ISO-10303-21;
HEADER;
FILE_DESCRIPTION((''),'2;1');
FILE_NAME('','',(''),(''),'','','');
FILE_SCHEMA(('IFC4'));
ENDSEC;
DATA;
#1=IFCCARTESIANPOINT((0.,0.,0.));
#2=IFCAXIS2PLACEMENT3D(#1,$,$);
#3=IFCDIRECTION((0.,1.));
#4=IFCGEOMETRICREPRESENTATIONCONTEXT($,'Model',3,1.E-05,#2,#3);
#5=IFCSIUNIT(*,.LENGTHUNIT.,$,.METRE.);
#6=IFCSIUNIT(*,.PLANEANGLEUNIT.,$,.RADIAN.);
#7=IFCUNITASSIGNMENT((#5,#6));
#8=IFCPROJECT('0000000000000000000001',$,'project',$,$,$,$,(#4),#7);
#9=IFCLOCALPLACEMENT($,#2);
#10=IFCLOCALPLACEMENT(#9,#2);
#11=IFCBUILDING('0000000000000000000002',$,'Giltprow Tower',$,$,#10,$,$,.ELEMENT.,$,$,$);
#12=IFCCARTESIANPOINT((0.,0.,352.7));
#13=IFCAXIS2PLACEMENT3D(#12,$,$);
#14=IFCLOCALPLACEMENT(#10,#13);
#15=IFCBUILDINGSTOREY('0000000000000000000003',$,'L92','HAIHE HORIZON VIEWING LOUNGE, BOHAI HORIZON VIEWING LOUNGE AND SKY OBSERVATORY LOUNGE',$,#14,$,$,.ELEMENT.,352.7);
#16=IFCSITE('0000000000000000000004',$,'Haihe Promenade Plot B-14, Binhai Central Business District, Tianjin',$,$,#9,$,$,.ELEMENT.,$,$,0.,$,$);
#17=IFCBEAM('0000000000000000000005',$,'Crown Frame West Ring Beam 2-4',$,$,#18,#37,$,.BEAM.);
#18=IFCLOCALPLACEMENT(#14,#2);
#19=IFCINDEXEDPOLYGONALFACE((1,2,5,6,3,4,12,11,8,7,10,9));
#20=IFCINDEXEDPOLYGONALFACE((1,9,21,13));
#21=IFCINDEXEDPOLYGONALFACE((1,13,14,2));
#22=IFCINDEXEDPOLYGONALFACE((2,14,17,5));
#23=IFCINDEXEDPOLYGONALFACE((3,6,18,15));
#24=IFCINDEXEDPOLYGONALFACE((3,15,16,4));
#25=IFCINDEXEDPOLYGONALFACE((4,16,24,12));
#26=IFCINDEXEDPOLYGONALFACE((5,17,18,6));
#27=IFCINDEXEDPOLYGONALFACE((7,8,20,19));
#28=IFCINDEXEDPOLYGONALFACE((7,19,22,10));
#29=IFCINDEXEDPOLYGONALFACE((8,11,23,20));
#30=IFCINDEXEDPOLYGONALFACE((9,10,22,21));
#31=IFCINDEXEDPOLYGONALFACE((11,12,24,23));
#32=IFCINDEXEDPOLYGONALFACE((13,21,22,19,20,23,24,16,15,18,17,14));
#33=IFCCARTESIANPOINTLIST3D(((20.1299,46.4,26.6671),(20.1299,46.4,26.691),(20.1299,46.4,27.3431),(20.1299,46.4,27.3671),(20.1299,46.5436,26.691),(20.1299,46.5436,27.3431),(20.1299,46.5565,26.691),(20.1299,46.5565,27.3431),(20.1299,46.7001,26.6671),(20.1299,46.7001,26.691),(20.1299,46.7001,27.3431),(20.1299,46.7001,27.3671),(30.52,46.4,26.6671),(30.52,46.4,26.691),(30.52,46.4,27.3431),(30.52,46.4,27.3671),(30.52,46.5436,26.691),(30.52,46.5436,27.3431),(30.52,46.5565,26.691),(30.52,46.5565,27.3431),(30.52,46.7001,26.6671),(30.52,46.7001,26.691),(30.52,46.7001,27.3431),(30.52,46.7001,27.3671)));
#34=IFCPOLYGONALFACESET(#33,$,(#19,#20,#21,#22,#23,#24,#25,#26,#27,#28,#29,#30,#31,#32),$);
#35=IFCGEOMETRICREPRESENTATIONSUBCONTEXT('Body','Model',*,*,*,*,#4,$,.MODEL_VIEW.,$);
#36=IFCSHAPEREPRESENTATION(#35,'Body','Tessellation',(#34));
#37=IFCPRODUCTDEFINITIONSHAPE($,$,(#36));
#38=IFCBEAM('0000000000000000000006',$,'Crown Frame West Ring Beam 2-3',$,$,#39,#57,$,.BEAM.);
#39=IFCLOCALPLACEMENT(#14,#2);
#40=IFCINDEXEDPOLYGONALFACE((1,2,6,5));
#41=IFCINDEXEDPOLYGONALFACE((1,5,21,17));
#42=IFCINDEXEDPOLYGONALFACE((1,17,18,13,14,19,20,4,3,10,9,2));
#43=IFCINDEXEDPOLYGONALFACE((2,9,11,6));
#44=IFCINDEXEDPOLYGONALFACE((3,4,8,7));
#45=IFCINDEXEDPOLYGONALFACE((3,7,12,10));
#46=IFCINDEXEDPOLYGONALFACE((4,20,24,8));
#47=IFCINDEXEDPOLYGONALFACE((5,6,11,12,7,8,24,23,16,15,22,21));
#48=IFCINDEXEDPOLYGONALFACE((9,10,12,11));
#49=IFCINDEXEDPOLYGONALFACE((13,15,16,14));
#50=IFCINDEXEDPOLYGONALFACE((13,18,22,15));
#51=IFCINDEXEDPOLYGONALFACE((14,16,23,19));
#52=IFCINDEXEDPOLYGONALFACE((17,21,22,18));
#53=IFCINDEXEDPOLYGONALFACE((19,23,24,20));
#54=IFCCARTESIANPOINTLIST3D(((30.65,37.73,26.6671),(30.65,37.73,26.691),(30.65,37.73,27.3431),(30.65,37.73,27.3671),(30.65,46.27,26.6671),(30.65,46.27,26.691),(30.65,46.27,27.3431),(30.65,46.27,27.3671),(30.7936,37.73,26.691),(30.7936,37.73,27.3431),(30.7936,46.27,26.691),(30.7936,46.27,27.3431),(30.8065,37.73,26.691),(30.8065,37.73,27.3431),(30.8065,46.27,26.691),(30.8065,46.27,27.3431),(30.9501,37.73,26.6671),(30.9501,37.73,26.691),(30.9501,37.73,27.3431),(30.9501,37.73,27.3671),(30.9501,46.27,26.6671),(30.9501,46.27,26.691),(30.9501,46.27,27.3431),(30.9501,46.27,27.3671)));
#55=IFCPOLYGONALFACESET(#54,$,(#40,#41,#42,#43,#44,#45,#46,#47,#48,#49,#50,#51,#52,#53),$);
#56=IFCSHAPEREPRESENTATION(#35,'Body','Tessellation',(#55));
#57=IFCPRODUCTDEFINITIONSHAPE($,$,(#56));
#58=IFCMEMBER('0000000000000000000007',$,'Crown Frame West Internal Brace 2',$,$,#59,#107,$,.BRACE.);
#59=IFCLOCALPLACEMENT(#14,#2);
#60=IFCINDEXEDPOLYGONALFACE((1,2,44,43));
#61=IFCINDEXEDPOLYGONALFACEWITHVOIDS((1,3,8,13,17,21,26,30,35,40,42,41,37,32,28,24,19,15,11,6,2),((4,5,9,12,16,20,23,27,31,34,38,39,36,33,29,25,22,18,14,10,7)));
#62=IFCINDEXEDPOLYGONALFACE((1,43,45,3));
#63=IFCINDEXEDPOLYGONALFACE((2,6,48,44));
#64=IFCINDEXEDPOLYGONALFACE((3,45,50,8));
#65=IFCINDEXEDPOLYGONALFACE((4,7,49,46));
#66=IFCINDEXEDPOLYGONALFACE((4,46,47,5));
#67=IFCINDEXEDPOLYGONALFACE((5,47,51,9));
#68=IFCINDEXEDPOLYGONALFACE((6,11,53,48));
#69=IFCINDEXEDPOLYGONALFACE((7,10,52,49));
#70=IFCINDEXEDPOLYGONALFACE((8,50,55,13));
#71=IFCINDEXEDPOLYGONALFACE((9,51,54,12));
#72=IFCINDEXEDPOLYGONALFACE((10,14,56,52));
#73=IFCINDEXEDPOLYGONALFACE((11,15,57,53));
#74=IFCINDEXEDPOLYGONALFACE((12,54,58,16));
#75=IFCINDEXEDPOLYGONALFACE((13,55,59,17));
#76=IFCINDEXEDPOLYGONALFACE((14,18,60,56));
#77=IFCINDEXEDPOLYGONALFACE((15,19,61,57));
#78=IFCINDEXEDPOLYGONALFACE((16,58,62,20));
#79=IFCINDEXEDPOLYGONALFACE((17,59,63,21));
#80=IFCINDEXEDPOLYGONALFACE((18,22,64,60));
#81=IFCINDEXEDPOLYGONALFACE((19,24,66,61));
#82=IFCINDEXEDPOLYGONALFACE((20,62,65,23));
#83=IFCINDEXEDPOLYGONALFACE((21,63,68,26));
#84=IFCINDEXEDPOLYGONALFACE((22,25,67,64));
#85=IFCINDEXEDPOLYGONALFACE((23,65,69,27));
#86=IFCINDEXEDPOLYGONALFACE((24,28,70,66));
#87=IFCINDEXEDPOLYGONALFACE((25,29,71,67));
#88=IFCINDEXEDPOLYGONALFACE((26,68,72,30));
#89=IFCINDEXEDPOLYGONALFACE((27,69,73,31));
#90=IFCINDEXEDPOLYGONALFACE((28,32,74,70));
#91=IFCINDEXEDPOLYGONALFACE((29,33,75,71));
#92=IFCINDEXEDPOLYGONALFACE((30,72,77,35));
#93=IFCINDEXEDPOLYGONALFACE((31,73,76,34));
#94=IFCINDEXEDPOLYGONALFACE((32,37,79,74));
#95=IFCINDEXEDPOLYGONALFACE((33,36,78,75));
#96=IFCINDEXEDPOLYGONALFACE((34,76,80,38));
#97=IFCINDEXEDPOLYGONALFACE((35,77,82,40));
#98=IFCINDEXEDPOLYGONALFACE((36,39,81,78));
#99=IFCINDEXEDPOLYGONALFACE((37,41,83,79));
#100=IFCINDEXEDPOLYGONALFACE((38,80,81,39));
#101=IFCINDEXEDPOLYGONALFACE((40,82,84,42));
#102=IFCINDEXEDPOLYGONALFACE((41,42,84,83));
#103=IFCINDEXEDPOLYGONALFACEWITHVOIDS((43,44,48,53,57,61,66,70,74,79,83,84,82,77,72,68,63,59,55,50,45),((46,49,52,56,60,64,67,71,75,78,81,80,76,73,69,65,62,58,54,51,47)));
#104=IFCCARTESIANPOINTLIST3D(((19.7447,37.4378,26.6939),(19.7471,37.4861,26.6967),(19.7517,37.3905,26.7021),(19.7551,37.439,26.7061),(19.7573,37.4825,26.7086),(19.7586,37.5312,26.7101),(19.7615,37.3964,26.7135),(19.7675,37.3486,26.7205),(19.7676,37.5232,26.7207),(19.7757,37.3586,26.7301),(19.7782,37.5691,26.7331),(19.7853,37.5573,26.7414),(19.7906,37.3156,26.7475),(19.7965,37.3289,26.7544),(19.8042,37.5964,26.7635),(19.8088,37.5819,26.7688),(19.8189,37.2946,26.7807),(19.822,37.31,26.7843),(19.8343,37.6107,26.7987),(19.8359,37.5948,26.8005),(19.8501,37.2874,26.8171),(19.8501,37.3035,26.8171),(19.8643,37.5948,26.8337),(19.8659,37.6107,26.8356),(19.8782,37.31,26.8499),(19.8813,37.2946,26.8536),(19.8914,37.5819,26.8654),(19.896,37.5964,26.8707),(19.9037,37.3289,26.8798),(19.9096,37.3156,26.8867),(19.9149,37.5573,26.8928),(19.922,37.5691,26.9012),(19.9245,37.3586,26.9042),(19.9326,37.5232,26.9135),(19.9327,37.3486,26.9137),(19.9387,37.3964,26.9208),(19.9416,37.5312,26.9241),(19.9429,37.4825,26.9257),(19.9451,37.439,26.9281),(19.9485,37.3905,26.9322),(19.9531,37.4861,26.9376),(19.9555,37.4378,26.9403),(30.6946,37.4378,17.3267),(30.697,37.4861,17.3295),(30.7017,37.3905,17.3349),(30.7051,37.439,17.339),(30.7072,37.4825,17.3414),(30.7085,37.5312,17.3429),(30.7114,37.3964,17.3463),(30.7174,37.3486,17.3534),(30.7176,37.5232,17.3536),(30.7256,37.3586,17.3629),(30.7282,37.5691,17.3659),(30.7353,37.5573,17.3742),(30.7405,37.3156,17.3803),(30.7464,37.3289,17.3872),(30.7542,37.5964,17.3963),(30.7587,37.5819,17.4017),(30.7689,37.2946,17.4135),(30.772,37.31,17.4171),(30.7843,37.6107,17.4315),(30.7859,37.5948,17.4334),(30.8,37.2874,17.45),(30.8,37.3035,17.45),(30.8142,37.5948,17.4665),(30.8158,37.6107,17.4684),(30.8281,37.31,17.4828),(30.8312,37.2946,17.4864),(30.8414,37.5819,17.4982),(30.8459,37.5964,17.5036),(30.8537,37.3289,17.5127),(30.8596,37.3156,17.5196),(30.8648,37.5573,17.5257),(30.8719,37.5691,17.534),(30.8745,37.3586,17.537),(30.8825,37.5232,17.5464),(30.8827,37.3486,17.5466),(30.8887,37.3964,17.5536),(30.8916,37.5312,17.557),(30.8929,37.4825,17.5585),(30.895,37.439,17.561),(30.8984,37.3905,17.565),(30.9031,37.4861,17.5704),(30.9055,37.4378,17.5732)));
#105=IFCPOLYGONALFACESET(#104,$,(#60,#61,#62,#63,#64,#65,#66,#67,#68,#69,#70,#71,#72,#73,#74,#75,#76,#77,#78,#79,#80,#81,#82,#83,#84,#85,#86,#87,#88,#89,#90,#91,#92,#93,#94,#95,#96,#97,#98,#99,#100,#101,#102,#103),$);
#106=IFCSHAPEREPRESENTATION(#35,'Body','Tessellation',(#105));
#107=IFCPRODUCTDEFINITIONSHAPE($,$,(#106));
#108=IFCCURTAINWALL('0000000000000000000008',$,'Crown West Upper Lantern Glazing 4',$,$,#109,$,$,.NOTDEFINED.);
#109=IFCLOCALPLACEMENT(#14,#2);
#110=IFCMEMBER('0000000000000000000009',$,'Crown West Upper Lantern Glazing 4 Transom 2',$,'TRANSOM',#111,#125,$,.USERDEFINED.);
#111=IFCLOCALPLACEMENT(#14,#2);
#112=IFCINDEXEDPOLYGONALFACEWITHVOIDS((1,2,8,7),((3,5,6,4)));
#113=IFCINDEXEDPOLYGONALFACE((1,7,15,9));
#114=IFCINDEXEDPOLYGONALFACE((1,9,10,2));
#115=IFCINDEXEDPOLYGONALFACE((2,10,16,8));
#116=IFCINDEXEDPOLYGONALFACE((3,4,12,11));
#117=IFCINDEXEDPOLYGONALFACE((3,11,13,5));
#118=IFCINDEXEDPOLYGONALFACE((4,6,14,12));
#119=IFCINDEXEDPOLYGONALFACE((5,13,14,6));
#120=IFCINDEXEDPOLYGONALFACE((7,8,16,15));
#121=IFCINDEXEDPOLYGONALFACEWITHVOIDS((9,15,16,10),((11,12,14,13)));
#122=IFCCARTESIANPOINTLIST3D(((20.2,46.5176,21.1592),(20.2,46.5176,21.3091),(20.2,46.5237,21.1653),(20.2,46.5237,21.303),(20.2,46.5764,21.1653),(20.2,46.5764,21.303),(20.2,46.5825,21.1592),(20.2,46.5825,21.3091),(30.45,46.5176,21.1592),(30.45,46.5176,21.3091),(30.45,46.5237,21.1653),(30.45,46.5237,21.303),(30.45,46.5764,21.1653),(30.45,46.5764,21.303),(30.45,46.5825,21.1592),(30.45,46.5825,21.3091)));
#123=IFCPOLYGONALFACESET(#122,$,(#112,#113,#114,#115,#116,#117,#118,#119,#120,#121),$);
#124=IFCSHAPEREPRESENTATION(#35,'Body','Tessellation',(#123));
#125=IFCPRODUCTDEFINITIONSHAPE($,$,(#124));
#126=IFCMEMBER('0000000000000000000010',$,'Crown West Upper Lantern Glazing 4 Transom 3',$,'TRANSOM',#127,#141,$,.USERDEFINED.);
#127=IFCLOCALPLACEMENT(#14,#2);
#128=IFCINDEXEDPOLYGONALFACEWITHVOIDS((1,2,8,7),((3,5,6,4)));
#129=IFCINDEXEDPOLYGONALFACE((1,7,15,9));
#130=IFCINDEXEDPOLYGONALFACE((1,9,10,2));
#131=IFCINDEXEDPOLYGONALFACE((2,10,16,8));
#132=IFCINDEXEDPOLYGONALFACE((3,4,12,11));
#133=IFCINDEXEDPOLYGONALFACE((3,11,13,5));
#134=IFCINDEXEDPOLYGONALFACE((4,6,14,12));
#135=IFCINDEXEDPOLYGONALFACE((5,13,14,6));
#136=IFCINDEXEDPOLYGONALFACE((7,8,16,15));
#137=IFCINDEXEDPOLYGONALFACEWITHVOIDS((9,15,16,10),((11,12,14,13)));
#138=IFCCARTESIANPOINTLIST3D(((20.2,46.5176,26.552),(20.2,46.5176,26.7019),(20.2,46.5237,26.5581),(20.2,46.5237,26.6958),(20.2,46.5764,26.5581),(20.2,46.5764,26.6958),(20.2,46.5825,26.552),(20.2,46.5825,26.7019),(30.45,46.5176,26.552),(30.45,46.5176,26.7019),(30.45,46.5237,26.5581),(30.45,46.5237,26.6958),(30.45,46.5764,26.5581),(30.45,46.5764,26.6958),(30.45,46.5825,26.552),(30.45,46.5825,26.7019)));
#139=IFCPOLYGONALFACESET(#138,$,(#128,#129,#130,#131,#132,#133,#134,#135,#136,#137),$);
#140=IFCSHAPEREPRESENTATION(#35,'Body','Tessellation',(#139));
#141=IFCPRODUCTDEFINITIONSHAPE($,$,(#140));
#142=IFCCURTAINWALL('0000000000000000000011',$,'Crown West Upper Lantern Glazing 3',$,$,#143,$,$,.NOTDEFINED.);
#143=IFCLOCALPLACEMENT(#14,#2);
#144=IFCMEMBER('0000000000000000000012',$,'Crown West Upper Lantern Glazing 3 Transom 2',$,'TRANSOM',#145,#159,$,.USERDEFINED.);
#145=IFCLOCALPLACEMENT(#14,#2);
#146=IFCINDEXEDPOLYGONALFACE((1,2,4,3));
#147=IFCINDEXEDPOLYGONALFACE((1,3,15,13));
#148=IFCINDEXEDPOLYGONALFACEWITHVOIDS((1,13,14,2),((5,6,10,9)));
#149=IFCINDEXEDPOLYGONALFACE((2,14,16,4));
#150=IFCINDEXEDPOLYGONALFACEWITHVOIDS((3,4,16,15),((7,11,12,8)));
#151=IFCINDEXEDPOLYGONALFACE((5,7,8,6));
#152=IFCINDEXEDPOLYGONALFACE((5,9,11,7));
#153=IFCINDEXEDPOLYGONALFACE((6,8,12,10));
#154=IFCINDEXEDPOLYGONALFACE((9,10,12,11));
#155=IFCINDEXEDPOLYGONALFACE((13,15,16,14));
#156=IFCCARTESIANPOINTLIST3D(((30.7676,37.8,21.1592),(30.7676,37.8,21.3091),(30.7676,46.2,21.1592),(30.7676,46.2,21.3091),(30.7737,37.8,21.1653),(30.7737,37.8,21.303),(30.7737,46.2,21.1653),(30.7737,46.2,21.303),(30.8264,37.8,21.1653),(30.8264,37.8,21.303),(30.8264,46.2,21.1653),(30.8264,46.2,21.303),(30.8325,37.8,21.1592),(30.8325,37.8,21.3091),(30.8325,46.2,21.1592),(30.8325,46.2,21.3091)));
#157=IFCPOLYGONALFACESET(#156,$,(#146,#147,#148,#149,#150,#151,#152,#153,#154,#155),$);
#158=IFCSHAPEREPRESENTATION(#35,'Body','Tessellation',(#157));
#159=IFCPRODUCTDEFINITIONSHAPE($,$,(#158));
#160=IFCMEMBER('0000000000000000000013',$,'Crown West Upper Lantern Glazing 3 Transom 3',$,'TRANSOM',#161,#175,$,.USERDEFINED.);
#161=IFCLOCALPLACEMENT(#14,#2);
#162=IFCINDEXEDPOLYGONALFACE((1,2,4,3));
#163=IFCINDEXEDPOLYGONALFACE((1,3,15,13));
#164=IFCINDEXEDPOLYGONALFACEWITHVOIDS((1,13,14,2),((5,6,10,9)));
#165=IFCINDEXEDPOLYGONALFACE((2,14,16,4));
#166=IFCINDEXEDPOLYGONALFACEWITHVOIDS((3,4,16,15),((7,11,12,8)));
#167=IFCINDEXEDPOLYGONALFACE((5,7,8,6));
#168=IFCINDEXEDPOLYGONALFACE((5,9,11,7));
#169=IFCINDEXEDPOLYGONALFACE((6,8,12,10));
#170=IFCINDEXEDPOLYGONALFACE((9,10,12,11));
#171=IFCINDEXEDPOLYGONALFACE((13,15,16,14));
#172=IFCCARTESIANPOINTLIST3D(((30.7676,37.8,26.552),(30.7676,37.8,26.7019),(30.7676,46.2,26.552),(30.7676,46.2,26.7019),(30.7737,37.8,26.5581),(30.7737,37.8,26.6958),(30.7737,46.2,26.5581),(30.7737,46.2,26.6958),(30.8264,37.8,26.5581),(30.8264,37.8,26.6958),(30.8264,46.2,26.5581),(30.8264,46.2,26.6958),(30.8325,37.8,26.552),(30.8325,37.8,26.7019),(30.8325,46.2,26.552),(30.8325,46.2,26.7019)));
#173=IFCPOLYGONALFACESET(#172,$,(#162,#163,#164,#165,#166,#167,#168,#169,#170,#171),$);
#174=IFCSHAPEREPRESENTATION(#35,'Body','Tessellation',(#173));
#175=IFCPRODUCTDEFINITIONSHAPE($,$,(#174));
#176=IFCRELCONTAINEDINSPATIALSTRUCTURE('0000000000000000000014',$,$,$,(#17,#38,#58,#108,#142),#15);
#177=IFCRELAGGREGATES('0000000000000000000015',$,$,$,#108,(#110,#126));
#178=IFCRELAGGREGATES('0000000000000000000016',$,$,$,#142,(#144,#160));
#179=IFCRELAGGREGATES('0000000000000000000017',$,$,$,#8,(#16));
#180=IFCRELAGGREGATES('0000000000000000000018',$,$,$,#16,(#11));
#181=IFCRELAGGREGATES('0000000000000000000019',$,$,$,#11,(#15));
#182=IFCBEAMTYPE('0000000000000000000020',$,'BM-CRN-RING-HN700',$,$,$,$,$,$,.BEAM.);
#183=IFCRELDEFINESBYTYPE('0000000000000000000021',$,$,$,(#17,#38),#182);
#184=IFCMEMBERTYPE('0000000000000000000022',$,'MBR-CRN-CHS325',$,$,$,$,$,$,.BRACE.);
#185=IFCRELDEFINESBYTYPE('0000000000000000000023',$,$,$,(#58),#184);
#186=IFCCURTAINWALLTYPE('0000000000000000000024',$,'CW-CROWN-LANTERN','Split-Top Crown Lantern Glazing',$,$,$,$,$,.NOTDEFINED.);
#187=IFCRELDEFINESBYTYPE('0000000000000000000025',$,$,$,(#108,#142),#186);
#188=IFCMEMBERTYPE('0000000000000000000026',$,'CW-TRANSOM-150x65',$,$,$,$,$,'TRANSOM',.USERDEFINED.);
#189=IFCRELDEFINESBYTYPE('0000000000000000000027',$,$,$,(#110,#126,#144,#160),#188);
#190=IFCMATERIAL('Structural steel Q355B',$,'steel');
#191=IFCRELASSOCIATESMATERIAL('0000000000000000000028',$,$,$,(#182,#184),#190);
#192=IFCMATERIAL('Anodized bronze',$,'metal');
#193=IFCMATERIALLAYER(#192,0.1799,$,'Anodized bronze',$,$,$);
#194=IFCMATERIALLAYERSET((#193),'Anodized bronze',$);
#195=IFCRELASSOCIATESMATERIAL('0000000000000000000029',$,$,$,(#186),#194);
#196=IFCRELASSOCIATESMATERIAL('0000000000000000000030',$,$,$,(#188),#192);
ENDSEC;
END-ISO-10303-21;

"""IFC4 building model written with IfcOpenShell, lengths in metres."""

from ifc_helpers import new_model, si_unit, direction, frame, origin, origin_2d, place, context, subcontext, project, spatial, hollow_rectangle, hollow_circle, i_section, extrude, source, transform, mapped, material, layer, layer_set, material_profile, profile_set, type_object, element, aggregate, save


model = new_model("IFC4")

# Units and contexts
model_context = context("Model", 3, precision=1e-05, world=origin(), true_north=direction((0.0, 1.0)))
body_context = subcontext(model_context, "Body", "Model", "MODEL_VIEW")
ifc_project = project(units=[si_unit("LENGTHUNIT", "METRE"), si_unit("PLANEANGLEUNIT", "RADIAN")], contexts=[model_context])

# Site, building, storey
site_placement = place(None, origin())
site = spatial("IfcSite", under=ifc_project, at=site_placement, Name="Haihe Promenade Plot B-14, Binhai Central Business District, Tianjin", CompositionType="ELEMENT", RefElevation=0.0)
building_placement = place(site_placement, origin())
building = spatial("IfcBuilding", under=site, at=building_placement, Name="Giltprow Tower", CompositionType="ELEMENT")
storey_placement = place(building_placement, frame((0.0, 0.0, 352.7)))
storey = spatial("IfcBuildingStorey", under=building, at=storey_placement, Name="L92", Description="HAIHE HORIZON VIEWING LOUNGE, BOHAI HORIZON VIEWING LOUNGE AND SKY OBSERVATORY LOUNGE", CompositionType="ELEMENT", Elevation=352.7)

# Beams
ifc_material_1 = material(Name="Structural steel Q355B", Category="steel")
ifc_material_profile_1 = material_profile(ifc_material_1, i_section(OverallWidth=0.3, OverallDepth=0.7, WebThickness=0.0129, FlangeThickness=0.0239, at=origin_2d()), Name="HN 700x300x13x24")
ifc_profile_set_1 = profile_set([ifc_material_profile_1], Name="Structural steel Q355B")
beam_type = type_object("IfcBeamType", Name="BM-CRN-RING-HN700", PredefinedType="BEAM", material=ifc_profile_set_1)
shared_shape_1 = source(origin(), body_context, "Body", "SweptSolid", [
    extrude(i_section(OverallWidth=0.3, OverallDepth=0.7, WebThickness=0.0129, FlangeThickness=0.0239, at=origin_2d()), origin(), (0.0, 0.0, 1.0), 10.3901),
])
beam_1_placement = place(storey_placement, frame((30.52, 46.55, 27.0171), z_axis=(-1.0, 0.0, 0.0), x_axis=(0.0, -1.0, 0.0)))
element("IfcBeam", 1, at=beam_1_placement, inside=storey, type_object=beam_type, Name="Crown Frame West Ring Beam 2-4", PredefinedType="BEAM", context=body_context, shape_type="MappedRepresentation", body=[
    mapped(shared_shape_1, transform((0.0, 0.0, 0.0), x_axis=(1.0, 0.0, 0.0), y_axis=(0.0, 1.0, 0.0), z_axis=(0.0, 0.0, 1.0), scale=1.0)),
])
shared_shape_2 = source(origin(), body_context, "Body", "SweptSolid", [
    extrude(i_section(OverallWidth=0.3, OverallDepth=0.7, WebThickness=0.0129, FlangeThickness=0.0239, at=origin_2d()), origin(), (0.0, 0.0, 1.0), 8.54),
])
beam_2_placement = place(storey_placement, frame((30.8, 37.73, 27.0171), z_axis=(0.0, 1.0, 0.0), x_axis=(-1.0, 0.0, 0.0)))
element("IfcBeam", 2, at=beam_2_placement, inside=storey, type_object=beam_type, Name="Crown Frame West Ring Beam 2-3", PredefinedType="BEAM", context=body_context, shape_type="MappedRepresentation", body=[
    mapped(shared_shape_2, transform((0.0, 0.0, 0.0), x_axis=(1.0, 0.0, 0.0), y_axis=(0.0, 1.0, 0.0), z_axis=(0.0, 0.0, 1.0), scale=1.0)),
])

# Member
ifc_material_profile_2 = material_profile(ifc_material_1, hollow_circle(Radius=0.1626, WallThickness=0.0161, at=origin_2d()), Name="CHS 325x16")
ifc_profile_set_2 = profile_set([ifc_material_profile_2], Name="Structural steel Q355B")
member_type_1 = type_object("IfcMemberType", Name="MBR-CRN-CHS325", PredefinedType="BRACE", material=ifc_profile_set_2)
shared_shape_3 = source(origin(), body_context, "Body", "SweptSolid", [
    extrude(hollow_circle(Radius=0.1626, WallThickness=0.0161, at=origin_2d()), origin(), (0.0, 0.0, 1.0), 14.4099),
])
member_1_placement = place(storey_placement, frame((30.8, 37.45, 17.45), z_axis=(-0.75989, 0.0, 0.650052), x_axis=(0.0, -1.0, 0.0)))
element("IfcMember", 3, at=member_1_placement, inside=storey, type_object=member_type_1, Name="Crown Frame West Internal Brace 2", PredefinedType="BRACE", context=body_context, shape_type="MappedRepresentation", body=[
    mapped(shared_shape_3, transform((0.0, 0.0, 0.0), x_axis=(1.0, 0.0, 0.0), y_axis=(0.0, 1.0, 0.0), z_axis=(0.0, 0.0, 1.0), scale=1.0)),
])

# Curtain walls, members
ifc_material_2 = material(Name="Anodized bronze", Category="metal")
ifc_layer = layer(ifc_material_2, 0.1799, Name="Anodized bronze")
ifc_layer_set = layer_set([ifc_layer], Name="Anodized bronze")
curtain_wall_type = type_object("IfcCurtainWallType", Name="CW-CROWN-LANTERN", Description="Split-Top Crown Lantern Glazing", PredefinedType="NOTDEFINED", material=ifc_layer_set)
curtain_wall_1_placement = place(storey_placement, origin())
curtain_wall_1 = element("IfcCurtainWall", 4, at=curtain_wall_1_placement, inside=storey, type_object=curtain_wall_type, Name="Crown West Upper Lantern Glazing 4", PredefinedType="NOTDEFINED")
ifc_material_profile_3 = material_profile(ifc_material_2, hollow_rectangle(XDim=0.0649, YDim=0.1499, WallThickness=0.0061, at=origin_2d()), Name="RHS 150x65x6")
ifc_profile_set_3 = profile_set([ifc_material_profile_3], Name="Anodized bronze")
member_type_2 = type_object("IfcMemberType", Name="CW-TRANSOM-150x65", ElementType="TRANSOM", PredefinedType="USERDEFINED", material=ifc_profile_set_3)
shared_shape_4 = source(origin(), body_context, "Body", "SweptSolid", [
    extrude(hollow_rectangle(XDim=0.0649, YDim=0.1499, WallThickness=0.0061, at=origin_2d()), origin(), (0.0, 0.0, 1.0), 10.25),
])
member_2_placement = place(storey_placement, frame((30.45, 46.55, 21.2341), z_axis=(-1.0, 0.0, 0.0), x_axis=(0.0, -1.0, 0.0)))
member_2 = element("IfcMember", 5, at=member_2_placement, type_object=member_type_2, Name="Crown West Upper Lantern Glazing 4 Transom 2", ObjectType="TRANSOM", PredefinedType="USERDEFINED", context=body_context, shape_type="MappedRepresentation", body=[
    mapped(shared_shape_4, transform((0.0, 0.0, 0.0), x_axis=(1.0, 0.0, 0.0), y_axis=(0.0, 1.0, 0.0), z_axis=(0.0, 0.0, 1.0), scale=1.0)),
])
member_3_placement = place(storey_placement, frame((30.45, 46.55, 26.627), z_axis=(-1.0, 0.0, 0.0), x_axis=(0.0, -1.0, 0.0)))
member_3 = element("IfcMember", 6, at=member_3_placement, type_object=member_type_2, Name="Crown West Upper Lantern Glazing 4 Transom 3", ObjectType="TRANSOM", PredefinedType="USERDEFINED", context=body_context, shape_type="MappedRepresentation", body=[
    mapped(shared_shape_4, transform((0.0, 0.0, 0.0), x_axis=(1.0, 0.0, 0.0), y_axis=(0.0, 1.0, 0.0), z_axis=(0.0, 0.0, 1.0), scale=1.0)),
])
curtain_wall_2_placement = place(storey_placement, origin())
curtain_wall_2 = element("IfcCurtainWall", 7, at=curtain_wall_2_placement, inside=storey, type_object=curtain_wall_type, Name="Crown West Upper Lantern Glazing 3", PredefinedType="NOTDEFINED")
shared_shape_5 = source(origin(), body_context, "Body", "SweptSolid", [
    extrude(hollow_rectangle(XDim=0.0649, YDim=0.1499, WallThickness=0.0061, at=origin_2d()), origin(), (0.0, 0.0, 1.0), 8.3999),
])
member_4_placement = place(storey_placement, frame((30.8, 37.8, 21.2341), z_axis=(0.0, 1.0, 0.0), x_axis=(-1.0, 0.0, 0.0)))
member_4 = element("IfcMember", 8, at=member_4_placement, type_object=member_type_2, Name="Crown West Upper Lantern Glazing 3 Transom 2", ObjectType="TRANSOM", PredefinedType="USERDEFINED", context=body_context, shape_type="MappedRepresentation", body=[
    mapped(shared_shape_5, transform((0.0, 0.0, 0.0), x_axis=(1.0, 0.0, 0.0), y_axis=(0.0, 1.0, 0.0), z_axis=(0.0, 0.0, 1.0), scale=1.0)),
])
member_5_placement = place(storey_placement, frame((30.8, 37.8, 26.627), z_axis=(0.0, 1.0, 0.0), x_axis=(-1.0, 0.0, 0.0)))
member_5 = element("IfcMember", 9, at=member_5_placement, type_object=member_type_2, Name="Crown West Upper Lantern Glazing 3 Transom 3", ObjectType="TRANSOM", PredefinedType="USERDEFINED", context=body_context, shape_type="MappedRepresentation", body=[
    mapped(shared_shape_5, transform((0.0, 0.0, 0.0), x_axis=(1.0, 0.0, 0.0), y_axis=(0.0, 1.0, 0.0), z_axis=(0.0, 0.0, 1.0), scale=1.0)),
])

aggregate(curtain_wall_1, [member_2, member_3])

aggregate(curtain_wall_2, [member_4, member_5])

save(model, "model.ifc")
